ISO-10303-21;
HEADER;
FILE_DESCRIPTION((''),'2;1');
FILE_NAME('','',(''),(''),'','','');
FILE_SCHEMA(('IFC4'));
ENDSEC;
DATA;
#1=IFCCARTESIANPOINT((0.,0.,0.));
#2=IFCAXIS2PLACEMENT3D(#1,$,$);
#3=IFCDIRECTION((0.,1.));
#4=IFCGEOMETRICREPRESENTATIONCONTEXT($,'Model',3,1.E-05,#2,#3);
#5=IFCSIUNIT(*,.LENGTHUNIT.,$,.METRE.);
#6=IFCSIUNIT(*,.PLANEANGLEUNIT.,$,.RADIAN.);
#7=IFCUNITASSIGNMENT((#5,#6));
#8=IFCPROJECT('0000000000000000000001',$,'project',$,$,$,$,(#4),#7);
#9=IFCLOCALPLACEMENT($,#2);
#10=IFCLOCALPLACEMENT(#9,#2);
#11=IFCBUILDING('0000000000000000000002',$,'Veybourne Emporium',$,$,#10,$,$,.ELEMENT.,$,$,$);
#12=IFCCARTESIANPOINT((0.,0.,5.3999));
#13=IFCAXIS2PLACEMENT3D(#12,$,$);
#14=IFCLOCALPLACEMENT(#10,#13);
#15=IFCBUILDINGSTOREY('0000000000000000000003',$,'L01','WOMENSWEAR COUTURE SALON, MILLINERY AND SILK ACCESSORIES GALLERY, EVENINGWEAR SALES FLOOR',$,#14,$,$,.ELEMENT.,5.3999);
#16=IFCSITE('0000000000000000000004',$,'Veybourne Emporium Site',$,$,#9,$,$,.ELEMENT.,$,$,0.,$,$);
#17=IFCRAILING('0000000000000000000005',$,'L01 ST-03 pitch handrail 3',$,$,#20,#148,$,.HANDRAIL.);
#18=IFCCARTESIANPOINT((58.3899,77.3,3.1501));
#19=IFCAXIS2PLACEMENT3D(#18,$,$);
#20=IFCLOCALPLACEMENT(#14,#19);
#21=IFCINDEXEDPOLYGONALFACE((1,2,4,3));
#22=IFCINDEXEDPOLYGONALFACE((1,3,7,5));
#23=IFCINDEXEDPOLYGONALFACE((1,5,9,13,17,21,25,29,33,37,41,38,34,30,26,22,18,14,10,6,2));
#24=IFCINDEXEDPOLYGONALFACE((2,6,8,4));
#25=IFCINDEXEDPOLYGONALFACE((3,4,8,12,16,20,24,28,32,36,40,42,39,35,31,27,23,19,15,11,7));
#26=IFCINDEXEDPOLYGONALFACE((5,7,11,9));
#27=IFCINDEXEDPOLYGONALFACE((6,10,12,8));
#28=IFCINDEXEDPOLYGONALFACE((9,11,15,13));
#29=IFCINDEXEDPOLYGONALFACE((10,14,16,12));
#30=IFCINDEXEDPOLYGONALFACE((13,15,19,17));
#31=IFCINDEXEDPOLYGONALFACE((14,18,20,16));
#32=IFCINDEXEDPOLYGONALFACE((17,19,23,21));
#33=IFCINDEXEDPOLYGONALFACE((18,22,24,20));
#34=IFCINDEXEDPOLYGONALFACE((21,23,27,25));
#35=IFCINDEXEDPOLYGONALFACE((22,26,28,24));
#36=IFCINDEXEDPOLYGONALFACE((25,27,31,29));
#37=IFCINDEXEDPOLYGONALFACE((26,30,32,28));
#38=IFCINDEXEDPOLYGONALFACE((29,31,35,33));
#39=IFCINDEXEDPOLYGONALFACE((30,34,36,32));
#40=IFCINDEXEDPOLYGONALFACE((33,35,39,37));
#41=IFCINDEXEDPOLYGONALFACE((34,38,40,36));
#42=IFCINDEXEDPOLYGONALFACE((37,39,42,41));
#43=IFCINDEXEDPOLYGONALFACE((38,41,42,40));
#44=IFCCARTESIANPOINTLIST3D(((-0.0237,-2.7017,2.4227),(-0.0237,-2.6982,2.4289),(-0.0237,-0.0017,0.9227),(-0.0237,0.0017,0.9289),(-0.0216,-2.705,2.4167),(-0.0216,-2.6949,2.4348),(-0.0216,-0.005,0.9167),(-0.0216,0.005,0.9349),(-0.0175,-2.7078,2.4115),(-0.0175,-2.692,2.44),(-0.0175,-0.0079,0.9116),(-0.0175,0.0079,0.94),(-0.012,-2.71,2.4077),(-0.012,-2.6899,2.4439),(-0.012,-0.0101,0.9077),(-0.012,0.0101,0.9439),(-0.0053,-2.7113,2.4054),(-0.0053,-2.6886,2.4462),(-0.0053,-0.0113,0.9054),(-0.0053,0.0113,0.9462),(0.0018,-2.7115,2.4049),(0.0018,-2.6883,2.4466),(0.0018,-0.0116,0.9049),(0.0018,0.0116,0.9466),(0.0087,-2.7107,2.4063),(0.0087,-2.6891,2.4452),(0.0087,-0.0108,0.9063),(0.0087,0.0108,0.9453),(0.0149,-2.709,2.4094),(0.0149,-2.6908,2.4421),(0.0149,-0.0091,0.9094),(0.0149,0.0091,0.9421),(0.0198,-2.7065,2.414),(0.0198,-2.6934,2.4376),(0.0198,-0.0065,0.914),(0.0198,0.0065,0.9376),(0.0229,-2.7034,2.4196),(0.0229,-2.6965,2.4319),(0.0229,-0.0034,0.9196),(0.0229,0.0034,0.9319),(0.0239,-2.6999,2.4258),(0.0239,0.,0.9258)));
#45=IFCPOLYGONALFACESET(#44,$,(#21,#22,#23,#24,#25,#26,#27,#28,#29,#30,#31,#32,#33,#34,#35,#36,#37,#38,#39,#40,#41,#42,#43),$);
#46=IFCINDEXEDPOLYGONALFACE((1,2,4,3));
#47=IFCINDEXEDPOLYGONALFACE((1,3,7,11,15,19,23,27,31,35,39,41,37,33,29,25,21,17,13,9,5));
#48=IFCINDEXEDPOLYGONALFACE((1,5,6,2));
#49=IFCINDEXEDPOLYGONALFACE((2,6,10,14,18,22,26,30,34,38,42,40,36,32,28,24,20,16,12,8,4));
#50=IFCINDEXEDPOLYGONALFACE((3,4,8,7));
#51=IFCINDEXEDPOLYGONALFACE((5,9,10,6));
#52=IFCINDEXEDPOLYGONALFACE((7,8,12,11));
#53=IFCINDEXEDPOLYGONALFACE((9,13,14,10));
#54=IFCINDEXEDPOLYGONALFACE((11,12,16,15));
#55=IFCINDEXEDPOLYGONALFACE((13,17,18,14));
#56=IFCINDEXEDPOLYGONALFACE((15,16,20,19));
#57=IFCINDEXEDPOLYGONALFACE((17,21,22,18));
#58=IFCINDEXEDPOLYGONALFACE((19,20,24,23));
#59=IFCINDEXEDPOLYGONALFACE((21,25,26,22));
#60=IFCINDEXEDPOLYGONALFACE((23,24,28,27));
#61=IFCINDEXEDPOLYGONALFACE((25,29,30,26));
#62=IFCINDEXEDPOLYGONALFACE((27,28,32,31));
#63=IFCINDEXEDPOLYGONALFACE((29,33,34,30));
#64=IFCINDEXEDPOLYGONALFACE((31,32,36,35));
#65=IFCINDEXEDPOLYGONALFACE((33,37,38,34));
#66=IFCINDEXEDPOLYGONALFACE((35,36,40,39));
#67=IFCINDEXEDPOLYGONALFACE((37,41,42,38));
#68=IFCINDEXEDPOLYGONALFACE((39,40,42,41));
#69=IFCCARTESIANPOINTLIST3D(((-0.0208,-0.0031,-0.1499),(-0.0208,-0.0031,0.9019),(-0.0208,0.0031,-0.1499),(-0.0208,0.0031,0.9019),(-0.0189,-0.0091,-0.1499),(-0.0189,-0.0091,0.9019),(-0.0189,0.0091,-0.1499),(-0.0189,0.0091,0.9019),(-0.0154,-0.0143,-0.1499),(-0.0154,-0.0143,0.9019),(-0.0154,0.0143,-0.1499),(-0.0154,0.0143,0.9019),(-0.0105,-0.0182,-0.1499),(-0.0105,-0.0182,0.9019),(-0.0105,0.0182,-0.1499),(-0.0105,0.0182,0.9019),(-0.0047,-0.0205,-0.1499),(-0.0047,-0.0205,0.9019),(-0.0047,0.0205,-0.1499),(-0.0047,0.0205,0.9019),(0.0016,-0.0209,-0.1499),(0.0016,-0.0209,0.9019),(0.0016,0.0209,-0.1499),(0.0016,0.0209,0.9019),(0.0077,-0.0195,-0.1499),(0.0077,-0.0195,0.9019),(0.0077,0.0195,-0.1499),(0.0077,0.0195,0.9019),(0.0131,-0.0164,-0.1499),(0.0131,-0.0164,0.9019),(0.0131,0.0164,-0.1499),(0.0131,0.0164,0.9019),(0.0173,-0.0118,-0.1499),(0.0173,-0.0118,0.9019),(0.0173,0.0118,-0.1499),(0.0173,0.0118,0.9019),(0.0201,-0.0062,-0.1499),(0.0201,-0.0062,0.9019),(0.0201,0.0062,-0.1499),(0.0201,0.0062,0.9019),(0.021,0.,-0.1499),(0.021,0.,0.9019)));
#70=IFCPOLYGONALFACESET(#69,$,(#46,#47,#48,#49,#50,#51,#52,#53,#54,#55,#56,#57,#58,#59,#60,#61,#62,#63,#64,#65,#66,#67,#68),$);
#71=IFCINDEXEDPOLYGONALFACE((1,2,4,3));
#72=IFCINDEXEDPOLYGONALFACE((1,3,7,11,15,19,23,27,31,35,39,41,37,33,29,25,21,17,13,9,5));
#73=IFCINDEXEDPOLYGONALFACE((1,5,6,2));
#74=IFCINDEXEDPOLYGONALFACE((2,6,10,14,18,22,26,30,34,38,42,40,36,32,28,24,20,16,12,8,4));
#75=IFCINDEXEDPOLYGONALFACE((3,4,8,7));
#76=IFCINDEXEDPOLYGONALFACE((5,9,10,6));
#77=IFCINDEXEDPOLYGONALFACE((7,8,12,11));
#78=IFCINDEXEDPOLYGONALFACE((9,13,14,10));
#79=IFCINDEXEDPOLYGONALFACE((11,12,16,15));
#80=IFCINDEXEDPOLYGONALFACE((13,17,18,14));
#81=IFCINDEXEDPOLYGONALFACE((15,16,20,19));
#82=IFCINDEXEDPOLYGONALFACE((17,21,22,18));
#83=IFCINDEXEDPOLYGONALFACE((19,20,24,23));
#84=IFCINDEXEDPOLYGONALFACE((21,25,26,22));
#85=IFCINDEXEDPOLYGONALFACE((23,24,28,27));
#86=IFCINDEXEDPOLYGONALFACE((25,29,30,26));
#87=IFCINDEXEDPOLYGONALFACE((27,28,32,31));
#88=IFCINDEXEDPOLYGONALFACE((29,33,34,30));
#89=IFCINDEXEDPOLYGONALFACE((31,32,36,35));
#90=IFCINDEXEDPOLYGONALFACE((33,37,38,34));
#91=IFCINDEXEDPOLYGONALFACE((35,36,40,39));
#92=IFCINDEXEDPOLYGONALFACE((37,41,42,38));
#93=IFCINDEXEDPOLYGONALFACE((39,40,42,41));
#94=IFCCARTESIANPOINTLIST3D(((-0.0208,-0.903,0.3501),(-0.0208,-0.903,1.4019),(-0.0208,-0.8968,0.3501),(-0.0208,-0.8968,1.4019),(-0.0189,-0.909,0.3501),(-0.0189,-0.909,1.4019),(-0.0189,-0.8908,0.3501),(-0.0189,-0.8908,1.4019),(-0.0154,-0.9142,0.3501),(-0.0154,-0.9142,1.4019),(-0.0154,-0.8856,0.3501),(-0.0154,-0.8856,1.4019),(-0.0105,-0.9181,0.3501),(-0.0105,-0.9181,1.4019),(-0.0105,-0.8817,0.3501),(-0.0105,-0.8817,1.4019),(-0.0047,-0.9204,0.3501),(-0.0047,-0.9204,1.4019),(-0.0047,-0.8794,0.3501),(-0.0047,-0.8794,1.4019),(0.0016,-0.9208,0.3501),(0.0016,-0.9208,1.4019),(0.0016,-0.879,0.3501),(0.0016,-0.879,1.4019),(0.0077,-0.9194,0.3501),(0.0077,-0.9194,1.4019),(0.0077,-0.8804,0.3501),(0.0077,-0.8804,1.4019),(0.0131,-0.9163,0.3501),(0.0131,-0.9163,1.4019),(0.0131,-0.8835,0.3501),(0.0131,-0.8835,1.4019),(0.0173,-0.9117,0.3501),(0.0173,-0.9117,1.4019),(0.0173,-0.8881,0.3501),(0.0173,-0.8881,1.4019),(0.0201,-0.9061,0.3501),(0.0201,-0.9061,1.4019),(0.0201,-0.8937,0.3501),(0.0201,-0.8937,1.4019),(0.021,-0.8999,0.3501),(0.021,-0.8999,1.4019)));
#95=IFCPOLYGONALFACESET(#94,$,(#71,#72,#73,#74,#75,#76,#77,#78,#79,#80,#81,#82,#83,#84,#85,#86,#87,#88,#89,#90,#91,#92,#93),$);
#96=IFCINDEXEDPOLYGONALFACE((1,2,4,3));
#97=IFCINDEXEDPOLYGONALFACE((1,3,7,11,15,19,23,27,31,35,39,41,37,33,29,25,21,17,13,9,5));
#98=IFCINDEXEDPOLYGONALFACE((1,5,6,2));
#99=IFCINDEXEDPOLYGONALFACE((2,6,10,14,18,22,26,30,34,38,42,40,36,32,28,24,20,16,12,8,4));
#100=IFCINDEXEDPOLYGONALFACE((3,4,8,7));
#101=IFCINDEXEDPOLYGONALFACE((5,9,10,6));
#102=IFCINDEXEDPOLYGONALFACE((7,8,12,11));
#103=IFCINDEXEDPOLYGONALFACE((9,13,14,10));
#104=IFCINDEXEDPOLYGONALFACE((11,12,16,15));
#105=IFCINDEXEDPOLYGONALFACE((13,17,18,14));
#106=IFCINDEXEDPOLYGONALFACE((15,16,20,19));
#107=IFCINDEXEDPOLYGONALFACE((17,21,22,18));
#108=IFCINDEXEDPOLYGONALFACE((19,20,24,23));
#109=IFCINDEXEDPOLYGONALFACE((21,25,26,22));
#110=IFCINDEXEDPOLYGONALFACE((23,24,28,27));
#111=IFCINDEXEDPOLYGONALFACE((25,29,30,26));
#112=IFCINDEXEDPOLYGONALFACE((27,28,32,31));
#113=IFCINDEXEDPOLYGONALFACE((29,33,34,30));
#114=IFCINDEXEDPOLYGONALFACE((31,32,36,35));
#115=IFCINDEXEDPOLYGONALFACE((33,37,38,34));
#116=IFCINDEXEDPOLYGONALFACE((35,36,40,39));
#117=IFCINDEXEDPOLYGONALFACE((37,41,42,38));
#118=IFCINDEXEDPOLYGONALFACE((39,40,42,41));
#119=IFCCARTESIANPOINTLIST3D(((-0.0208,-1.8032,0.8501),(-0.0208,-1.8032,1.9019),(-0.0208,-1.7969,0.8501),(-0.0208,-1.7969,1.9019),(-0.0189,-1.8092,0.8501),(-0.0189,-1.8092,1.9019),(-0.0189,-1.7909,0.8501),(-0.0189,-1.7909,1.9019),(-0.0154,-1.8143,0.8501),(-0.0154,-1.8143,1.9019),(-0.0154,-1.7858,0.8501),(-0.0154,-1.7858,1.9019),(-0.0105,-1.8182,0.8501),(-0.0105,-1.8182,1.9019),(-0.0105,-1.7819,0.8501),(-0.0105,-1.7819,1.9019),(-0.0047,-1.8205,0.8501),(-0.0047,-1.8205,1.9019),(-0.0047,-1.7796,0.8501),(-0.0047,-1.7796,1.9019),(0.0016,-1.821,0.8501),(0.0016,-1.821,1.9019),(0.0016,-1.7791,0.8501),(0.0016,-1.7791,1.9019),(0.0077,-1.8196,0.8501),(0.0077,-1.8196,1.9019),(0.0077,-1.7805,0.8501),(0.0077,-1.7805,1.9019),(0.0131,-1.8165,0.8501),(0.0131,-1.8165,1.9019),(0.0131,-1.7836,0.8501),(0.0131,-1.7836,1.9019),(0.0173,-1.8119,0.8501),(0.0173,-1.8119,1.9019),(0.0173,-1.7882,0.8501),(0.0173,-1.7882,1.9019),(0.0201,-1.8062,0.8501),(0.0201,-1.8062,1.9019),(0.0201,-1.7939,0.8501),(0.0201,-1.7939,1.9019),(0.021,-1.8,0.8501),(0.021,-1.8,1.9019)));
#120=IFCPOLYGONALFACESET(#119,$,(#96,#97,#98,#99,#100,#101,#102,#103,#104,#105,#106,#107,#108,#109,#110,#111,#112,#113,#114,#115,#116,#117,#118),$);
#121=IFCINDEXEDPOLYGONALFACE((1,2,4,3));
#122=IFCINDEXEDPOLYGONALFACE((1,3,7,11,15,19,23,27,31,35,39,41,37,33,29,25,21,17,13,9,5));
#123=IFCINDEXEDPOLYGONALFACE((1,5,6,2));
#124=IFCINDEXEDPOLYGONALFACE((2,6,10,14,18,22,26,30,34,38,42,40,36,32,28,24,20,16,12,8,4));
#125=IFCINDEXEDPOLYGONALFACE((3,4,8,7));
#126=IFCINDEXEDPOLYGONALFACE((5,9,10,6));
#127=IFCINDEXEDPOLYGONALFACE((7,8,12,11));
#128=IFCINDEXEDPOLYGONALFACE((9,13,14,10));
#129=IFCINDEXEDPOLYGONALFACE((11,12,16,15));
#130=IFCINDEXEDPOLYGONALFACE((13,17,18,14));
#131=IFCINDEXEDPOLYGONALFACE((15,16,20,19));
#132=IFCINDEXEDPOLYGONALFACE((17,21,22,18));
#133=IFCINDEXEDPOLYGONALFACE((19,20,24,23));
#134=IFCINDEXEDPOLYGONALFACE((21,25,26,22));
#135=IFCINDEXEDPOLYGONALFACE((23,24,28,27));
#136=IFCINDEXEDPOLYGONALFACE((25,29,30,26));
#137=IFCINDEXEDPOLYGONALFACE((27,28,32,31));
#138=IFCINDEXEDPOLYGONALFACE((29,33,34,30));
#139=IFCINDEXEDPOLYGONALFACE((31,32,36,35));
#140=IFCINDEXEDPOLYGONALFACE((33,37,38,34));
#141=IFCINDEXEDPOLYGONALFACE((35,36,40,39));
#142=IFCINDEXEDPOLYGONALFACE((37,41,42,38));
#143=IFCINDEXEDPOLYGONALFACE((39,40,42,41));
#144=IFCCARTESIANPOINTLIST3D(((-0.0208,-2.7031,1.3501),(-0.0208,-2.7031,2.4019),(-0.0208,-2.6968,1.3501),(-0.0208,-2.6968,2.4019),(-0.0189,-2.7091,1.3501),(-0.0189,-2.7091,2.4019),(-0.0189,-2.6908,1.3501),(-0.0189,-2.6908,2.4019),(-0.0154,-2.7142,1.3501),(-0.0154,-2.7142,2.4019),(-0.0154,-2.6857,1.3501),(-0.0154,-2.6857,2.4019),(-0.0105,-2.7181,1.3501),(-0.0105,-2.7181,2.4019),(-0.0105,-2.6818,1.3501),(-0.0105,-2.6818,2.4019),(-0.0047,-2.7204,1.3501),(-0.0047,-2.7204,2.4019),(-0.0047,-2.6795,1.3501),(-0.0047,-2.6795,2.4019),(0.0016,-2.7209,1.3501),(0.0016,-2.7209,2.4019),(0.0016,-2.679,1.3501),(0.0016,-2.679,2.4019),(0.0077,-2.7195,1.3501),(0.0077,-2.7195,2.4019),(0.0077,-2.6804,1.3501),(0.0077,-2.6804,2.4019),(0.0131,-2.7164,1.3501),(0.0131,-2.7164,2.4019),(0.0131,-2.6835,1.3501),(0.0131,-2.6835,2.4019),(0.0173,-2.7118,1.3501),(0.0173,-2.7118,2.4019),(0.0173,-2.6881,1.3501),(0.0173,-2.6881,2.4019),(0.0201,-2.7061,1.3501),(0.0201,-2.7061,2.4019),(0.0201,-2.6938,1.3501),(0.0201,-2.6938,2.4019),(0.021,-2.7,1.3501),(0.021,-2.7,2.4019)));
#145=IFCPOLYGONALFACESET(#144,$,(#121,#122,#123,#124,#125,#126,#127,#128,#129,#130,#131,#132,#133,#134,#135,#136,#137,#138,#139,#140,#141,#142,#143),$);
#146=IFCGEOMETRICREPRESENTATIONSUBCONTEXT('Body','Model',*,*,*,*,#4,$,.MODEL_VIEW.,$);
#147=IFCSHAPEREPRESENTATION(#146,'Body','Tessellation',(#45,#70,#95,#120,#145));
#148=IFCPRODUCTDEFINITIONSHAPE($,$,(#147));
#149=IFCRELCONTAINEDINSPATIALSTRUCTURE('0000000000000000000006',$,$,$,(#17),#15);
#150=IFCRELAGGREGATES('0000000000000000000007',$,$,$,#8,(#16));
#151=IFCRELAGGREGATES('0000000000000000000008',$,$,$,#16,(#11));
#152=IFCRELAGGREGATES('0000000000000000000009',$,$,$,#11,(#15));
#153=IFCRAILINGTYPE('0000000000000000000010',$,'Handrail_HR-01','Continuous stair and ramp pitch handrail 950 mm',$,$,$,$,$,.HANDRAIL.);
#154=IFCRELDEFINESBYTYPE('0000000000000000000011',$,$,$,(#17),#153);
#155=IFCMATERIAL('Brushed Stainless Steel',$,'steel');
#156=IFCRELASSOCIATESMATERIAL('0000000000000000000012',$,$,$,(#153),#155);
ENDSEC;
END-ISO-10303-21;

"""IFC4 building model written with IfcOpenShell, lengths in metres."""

from ifc_helpers import new_model, si_unit, direction, frame, origin, origin_2d, place, context, subcontext, project, spatial, circle, extrude, material, type_object, element, save


model = new_model("IFC4")

# Units and contexts
model_context = context("Model", 3, precision=1e-05, world=origin(), true_north=direction((0.0, 1.0)))
body_context = subcontext(model_context, "Body", "Model", "MODEL_VIEW")
ifc_project = project(units=[si_unit("LENGTHUNIT", "METRE"), si_unit("PLANEANGLEUNIT", "RADIAN")], contexts=[model_context])

# Site, building, storey
site_placement = place(None, origin())
site = spatial("IfcSite", under=ifc_project, at=site_placement, Name="Veybourne Emporium Site", CompositionType="ELEMENT", RefElevation=0.0)
building_placement = place(site_placement, origin())
building = spatial("IfcBuilding", under=site, at=building_placement, Name="Veybourne Emporium", CompositionType="ELEMENT")
storey_placement = place(building_placement, frame((0.0, 0.0, 5.3999)))
storey = spatial("IfcBuildingStorey", under=building, at=storey_placement, Name="L01", Description="WOMENSWEAR COUTURE SALON, MILLINERY AND SILK ACCESSORIES GALLERY, EVENINGWEAR SALES FLOOR", CompositionType="ELEMENT", Elevation=5.3999)

# Railing
ifc_material_1 = material(Name="Brushed Stainless Steel", Category="steel")
railing_type = type_object("IfcRailingType", Name="Handrail_HR-01", Description="Continuous stair and ramp pitch handrail 950 mm", PredefinedType="HANDRAIL", material=ifc_material_1)
railing_placement = place(storey_placement, frame((58.3899, 77.3, 3.1501)))
element("IfcRailing", 1, at=railing_placement, inside=storey, type_object=railing_type, Name="L01 ST-03 pitch handrail 3", PredefinedType="HANDRAIL", context=body_context, shape_type="SweptSolid", body=[
    extrude(circle(Radius=0.0239, at=origin_2d()), frame((0.0, 0.0, 0.9258), z_axis=(0.0, -0.874154, 0.48565), x_axis=(1.0, 0.0, 0.0)), (0.0, 0.0, 1.0), 3.0886),
    extrude(circle(Radius=0.021, at=origin_2d()), frame((0.0, 0.0, -0.1499)), (0.0, 0.0, 1.0), 1.0518),
    extrude(circle(Radius=0.021, at=origin_2d()), frame((0.0, -0.8999, 0.3501)), (0.0, 0.0, 1.0), 1.0518),
    extrude(circle(Radius=0.021, at=origin_2d()), frame((0.0, -1.8, 0.8501)), (0.0, 0.0, 1.0), 1.0518),
    extrude(circle(Radius=0.021, at=origin_2d()), frame((0.0, -2.7, 1.3501)), (0.0, 0.0, 1.0), 1.0518),
])

save(model, "model.ifc")
